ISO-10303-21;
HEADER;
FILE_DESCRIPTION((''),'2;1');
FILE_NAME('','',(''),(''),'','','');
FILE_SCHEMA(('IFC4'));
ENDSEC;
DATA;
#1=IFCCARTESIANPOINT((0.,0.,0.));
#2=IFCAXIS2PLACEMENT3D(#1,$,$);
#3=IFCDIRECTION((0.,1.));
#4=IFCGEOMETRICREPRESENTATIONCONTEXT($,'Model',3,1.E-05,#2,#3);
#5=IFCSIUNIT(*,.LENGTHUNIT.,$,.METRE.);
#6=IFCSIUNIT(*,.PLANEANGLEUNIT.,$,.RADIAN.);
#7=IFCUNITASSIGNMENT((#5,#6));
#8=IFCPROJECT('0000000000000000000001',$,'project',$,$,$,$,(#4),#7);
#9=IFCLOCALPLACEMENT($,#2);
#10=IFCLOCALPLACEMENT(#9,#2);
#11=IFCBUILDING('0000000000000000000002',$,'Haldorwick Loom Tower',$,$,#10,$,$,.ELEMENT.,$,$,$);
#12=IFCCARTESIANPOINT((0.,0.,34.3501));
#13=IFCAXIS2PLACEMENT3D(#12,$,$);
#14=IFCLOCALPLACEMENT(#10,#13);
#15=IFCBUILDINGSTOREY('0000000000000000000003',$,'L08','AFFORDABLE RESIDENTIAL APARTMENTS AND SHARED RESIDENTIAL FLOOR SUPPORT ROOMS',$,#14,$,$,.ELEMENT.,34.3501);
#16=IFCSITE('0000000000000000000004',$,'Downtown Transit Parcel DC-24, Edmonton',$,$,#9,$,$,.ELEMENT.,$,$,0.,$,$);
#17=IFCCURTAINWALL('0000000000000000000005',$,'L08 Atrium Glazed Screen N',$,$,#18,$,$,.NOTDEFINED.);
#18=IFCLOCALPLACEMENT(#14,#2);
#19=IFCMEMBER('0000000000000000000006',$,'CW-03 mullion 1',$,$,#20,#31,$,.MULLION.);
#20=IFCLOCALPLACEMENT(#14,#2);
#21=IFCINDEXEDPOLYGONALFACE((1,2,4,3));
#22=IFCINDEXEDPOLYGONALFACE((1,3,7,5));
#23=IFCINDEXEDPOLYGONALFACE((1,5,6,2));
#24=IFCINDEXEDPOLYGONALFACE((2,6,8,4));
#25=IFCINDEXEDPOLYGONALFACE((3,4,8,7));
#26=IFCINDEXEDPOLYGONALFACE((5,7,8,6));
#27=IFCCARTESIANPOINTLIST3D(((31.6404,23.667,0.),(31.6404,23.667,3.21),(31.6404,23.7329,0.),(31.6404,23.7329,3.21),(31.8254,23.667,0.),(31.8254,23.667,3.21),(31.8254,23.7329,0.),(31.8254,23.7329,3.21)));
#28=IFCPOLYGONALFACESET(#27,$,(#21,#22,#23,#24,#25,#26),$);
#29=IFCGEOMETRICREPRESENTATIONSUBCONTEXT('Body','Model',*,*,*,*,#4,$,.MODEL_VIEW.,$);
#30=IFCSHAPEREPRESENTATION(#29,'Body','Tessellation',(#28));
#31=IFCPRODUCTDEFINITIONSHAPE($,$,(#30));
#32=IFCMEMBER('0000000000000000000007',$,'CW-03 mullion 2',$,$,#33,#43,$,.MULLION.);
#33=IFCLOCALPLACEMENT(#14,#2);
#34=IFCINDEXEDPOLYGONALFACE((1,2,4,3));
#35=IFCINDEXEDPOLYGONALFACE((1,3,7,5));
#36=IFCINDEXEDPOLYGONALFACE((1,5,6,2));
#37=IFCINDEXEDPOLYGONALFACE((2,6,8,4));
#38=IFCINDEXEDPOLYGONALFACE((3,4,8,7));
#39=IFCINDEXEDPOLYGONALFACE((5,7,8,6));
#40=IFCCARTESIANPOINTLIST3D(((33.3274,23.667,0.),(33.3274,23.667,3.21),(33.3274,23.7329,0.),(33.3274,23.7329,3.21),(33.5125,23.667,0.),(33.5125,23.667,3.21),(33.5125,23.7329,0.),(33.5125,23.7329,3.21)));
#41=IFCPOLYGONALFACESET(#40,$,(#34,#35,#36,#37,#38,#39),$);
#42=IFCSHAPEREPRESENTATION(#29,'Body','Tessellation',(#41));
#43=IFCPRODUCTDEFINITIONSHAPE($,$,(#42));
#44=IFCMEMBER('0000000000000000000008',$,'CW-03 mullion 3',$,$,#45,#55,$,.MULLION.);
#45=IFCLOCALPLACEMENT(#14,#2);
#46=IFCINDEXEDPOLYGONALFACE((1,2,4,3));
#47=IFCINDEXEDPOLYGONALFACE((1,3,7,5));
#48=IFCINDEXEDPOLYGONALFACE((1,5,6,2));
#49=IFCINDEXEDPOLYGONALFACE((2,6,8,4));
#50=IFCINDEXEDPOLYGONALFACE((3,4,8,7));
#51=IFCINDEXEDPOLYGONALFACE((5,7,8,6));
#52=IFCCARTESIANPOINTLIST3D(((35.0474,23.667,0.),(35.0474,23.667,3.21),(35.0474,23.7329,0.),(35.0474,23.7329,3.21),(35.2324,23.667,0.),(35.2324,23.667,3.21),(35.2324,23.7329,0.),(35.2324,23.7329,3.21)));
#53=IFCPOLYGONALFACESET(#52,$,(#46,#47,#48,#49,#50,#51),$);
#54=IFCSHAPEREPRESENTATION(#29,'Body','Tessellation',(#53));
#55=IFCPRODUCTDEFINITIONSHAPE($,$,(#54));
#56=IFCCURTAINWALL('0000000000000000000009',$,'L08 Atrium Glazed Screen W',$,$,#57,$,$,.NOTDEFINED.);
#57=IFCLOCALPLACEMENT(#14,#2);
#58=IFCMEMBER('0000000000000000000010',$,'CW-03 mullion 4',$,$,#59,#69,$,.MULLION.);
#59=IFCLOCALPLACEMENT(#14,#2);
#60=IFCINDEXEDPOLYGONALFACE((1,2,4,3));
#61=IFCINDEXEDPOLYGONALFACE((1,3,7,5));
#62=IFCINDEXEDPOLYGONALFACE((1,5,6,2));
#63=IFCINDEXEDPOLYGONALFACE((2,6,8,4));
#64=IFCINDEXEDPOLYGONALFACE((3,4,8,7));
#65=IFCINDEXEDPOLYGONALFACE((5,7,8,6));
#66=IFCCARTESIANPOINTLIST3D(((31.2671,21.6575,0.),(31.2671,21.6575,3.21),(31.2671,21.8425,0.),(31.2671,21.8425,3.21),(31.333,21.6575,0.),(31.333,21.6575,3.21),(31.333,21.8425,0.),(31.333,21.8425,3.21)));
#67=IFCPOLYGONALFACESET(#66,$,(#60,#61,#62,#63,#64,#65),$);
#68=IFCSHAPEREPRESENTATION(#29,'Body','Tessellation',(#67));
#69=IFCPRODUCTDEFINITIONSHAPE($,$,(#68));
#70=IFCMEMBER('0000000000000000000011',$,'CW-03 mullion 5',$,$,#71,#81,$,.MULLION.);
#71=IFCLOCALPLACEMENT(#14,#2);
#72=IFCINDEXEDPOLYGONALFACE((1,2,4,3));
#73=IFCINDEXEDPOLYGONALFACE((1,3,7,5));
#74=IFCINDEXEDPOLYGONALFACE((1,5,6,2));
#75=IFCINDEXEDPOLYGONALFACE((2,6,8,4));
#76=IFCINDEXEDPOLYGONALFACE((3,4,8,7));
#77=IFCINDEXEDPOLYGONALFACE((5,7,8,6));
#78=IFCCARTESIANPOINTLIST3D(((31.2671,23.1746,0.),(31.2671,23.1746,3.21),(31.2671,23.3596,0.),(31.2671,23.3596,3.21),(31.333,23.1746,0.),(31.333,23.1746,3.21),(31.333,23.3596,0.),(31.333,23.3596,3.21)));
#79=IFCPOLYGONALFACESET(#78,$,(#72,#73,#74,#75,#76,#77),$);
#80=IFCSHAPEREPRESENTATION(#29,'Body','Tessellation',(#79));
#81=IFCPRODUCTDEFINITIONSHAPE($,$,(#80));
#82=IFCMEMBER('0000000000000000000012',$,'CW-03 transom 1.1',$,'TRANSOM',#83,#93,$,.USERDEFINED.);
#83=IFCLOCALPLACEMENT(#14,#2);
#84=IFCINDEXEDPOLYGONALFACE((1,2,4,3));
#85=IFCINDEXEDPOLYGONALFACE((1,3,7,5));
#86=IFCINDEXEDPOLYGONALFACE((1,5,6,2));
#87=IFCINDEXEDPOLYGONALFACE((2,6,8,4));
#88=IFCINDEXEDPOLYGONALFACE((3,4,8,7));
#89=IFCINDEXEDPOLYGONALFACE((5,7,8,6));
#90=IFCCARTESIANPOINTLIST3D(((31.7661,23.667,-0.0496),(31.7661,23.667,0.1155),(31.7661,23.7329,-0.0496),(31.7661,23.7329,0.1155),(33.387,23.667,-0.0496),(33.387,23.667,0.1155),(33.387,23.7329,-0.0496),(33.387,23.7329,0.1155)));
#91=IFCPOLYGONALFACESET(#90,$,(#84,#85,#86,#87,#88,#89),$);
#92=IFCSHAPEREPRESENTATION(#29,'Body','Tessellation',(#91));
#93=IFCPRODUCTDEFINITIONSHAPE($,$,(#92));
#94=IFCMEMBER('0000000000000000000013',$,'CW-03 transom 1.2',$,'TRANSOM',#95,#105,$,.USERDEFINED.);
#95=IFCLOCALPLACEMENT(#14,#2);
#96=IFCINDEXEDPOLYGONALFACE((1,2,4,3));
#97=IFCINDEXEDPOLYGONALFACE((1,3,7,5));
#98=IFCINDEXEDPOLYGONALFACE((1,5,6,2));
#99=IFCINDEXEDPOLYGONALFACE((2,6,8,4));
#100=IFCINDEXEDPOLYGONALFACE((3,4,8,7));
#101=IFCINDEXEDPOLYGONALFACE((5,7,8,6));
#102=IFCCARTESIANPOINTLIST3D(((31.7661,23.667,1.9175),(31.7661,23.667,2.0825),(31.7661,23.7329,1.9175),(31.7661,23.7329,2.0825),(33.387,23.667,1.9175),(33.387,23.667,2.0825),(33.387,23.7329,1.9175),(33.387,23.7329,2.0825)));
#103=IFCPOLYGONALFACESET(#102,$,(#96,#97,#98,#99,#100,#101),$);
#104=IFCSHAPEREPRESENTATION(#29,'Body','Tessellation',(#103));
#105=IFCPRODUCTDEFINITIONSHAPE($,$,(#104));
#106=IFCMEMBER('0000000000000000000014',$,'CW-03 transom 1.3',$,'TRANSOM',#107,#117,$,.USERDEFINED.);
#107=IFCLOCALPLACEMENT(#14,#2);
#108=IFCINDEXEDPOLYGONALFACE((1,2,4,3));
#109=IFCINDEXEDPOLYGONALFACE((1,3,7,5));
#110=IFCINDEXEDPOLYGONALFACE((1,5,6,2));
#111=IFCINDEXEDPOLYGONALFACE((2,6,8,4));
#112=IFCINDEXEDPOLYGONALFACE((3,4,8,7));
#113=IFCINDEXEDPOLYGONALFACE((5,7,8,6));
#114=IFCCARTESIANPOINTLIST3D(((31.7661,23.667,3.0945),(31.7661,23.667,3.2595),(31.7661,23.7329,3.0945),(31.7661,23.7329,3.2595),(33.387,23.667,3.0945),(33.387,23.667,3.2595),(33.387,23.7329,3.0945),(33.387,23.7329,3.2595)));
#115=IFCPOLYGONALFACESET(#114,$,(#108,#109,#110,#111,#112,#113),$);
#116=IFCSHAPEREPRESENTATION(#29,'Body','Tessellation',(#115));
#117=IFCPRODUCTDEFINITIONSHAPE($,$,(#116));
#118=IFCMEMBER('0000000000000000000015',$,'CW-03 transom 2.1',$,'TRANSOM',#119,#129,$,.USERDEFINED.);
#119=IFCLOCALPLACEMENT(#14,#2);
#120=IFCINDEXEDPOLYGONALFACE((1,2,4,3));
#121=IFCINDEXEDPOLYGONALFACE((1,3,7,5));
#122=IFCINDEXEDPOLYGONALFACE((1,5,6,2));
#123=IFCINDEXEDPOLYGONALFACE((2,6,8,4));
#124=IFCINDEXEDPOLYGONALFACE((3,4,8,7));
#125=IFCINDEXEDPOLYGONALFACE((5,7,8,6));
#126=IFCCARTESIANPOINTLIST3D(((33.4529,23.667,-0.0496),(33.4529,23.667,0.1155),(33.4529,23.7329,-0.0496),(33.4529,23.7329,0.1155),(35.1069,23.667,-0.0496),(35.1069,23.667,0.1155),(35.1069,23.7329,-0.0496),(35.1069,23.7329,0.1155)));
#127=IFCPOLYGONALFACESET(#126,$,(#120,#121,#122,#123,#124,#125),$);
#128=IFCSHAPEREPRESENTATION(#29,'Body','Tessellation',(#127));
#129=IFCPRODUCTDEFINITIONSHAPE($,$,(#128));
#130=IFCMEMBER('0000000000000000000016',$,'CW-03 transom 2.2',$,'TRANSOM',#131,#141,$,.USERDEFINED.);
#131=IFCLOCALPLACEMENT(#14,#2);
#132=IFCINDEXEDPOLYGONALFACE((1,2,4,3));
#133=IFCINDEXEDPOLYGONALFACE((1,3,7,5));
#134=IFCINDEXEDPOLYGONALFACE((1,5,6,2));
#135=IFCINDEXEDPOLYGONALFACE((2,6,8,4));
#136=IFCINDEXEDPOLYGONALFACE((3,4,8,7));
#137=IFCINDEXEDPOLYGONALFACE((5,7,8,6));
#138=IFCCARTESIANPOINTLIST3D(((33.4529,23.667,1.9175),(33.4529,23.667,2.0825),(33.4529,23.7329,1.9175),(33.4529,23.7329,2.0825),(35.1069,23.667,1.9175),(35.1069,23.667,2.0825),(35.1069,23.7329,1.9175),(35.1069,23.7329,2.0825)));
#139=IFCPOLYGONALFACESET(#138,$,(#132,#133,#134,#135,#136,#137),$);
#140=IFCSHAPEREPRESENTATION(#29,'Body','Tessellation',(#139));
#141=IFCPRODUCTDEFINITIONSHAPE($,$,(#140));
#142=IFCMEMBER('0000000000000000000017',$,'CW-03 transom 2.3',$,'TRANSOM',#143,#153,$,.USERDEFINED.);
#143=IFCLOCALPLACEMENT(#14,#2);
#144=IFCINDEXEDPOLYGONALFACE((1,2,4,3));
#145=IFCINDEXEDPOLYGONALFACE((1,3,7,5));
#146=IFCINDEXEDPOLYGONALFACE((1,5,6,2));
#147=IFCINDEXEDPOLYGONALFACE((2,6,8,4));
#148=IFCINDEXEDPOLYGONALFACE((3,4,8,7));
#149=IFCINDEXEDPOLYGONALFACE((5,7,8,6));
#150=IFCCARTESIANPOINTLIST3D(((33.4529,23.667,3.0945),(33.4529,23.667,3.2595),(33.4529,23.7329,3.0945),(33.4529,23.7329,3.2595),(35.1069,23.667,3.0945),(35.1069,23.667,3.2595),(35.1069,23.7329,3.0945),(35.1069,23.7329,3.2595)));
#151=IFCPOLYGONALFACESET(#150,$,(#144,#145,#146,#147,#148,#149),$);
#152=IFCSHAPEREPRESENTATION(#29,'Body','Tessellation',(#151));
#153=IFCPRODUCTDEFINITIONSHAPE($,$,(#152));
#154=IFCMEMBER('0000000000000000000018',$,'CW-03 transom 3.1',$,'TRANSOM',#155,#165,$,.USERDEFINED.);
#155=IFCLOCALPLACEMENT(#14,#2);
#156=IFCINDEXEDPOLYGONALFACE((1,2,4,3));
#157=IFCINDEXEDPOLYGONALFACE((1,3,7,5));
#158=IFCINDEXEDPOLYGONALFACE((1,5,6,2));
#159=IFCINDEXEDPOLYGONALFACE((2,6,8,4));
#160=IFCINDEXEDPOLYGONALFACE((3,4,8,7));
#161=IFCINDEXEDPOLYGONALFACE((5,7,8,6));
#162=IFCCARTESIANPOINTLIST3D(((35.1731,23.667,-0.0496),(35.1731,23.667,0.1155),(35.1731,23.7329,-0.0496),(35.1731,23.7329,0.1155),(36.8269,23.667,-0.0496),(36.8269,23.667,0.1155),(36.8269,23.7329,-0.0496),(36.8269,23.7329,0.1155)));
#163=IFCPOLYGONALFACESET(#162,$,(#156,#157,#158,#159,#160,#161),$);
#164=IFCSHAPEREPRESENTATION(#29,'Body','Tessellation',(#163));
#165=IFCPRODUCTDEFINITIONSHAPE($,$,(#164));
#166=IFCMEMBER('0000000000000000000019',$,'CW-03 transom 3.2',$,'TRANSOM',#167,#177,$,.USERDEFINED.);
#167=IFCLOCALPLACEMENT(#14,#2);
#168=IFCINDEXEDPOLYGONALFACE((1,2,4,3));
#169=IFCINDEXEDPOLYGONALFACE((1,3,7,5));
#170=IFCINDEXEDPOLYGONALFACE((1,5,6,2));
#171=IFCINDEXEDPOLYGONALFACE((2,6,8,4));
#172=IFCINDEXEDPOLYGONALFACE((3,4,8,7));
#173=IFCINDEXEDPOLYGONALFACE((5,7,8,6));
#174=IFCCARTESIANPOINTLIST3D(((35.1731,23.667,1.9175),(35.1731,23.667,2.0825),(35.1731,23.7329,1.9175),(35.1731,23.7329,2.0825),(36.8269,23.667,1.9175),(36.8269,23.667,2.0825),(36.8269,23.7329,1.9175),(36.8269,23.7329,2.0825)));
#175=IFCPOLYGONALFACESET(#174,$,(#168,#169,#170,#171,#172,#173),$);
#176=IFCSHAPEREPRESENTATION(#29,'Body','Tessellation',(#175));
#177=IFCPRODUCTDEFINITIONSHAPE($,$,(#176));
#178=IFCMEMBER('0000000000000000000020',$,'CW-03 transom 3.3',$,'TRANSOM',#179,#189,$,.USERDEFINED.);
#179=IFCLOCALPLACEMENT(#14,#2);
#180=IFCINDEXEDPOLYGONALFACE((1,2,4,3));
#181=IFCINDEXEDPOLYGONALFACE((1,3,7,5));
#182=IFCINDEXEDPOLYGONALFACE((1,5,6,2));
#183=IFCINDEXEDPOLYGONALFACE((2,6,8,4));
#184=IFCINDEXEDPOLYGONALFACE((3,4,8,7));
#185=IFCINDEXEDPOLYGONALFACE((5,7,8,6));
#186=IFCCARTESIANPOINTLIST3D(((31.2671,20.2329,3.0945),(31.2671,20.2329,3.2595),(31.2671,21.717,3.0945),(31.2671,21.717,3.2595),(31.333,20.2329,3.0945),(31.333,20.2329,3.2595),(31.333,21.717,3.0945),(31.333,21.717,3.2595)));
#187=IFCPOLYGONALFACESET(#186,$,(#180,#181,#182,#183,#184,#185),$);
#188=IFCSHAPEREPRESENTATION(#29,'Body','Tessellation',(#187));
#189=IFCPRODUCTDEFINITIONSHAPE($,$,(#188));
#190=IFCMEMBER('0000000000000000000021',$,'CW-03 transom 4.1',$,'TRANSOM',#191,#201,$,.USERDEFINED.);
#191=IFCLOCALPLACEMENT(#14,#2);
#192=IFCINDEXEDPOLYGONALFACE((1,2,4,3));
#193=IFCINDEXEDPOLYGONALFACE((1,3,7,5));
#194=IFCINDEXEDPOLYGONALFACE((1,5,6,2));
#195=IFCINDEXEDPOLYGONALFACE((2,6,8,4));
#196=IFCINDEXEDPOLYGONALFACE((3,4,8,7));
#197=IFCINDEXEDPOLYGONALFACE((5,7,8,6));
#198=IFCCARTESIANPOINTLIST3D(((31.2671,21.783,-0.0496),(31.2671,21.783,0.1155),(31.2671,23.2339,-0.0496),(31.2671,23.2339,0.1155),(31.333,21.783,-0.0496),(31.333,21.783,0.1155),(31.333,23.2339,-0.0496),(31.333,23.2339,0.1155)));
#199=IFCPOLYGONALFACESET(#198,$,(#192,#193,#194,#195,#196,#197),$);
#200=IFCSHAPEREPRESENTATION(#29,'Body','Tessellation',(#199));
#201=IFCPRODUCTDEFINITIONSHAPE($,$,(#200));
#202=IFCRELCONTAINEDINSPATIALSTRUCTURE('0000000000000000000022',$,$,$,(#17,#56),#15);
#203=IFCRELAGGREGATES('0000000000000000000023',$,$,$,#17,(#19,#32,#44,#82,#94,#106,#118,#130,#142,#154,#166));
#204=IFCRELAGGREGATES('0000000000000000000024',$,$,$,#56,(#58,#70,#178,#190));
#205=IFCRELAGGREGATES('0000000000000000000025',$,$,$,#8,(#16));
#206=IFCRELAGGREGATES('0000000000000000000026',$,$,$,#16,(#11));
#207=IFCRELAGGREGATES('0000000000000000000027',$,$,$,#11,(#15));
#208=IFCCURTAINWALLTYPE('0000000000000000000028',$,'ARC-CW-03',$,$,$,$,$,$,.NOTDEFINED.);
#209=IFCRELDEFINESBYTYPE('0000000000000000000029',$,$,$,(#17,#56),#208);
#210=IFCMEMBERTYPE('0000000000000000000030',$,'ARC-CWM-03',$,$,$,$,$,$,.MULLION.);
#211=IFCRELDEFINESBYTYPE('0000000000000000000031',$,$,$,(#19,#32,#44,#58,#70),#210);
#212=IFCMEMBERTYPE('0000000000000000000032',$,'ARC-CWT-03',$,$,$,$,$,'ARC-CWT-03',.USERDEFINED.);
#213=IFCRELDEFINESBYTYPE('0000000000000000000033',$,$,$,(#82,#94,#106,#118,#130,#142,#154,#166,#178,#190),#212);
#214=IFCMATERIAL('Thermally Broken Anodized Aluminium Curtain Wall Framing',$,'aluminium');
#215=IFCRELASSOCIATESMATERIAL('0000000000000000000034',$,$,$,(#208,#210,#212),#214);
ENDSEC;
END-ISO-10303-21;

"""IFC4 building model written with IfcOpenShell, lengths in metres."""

from ifc_helpers import new_model, si_unit, direction, frame, origin, origin_2d, place, context, subcontext, project, spatial, rectangle, extrude, material, material_profile, profile_set, type_object, element, aggregate, save


model = new_model("IFC4")

# Units and contexts
model_context = context("Model", 3, precision=1e-05, world=origin(), true_north=direction((0.0, 1.0)))
body_context = subcontext(model_context, "Body", "Model", "MODEL_VIEW")
ifc_project = project(units=[si_unit("LENGTHUNIT", "METRE"), si_unit("PLANEANGLEUNIT", "RADIAN")], contexts=[model_context])

# Site, building, storey
site_placement = place(None, origin())
site = spatial("IfcSite", under=ifc_project, at=site_placement, Name="Downtown Transit Parcel DC-24, Edmonton", CompositionType="ELEMENT", RefElevation=0.0)
building_placement = place(site_placement, origin())
building = spatial("IfcBuilding", under=site, at=building_placement, Name="Haldorwick Loom Tower", CompositionType="ELEMENT")
storey_placement = place(building_placement, frame((0.0, 0.0, 34.3501)))
storey = spatial("IfcBuildingStorey", under=building, at=storey_placement, Name="L08", Description="AFFORDABLE RESIDENTIAL APARTMENTS AND SHARED RESIDENTIAL FLOOR SUPPORT ROOMS", CompositionType="ELEMENT", Elevation=34.3501)

# Curtain walls, members
ifc_material_1 = material(Name="Thermally Broken Anodized Aluminium Curtain Wall Framing", Category="aluminium")
curtain_wall_type = type_object("IfcCurtainWallType", Name="ARC-CW-03", PredefinedType="NOTDEFINED", material=ifc_material_1)
curtain_wall_1_placement = place(storey_placement, origin())
curtain_wall_1 = element("IfcCurtainWall", 1, at=curtain_wall_1_placement, inside=storey, type_object=curtain_wall_type, Name="L08 Atrium Glazed Screen N", PredefinedType="NOTDEFINED")
ifc_material_profile_1 = material_profile(ifc_material_1, rectangle(XDim=0.0659, YDim=0.1851, at=origin_2d()), Name="ALU_MUL_66X185", Category="aluminium")
ifc_profile_set_1 = profile_set([ifc_material_profile_1], Name="Thermally Broken Anodized Aluminium Curtain Wall Framing")
member_type_1 = type_object("IfcMemberType", Name="ARC-CWM-03", PredefinedType="MULLION", material=ifc_profile_set_1)
member_1_placement = place(storey_placement, frame((31.7329, 23.7, 0.0), z_axis=(0.0, 0.0, 1.0), x_axis=(0.0, 1.0, 0.0)))
member_1 = element("IfcMember", 2, at=member_1_placement, type_object=member_type_1, Name="CW-03 mullion 1", PredefinedType="MULLION", context=body_context, shape_type="SweptSolid", body=[
    extrude(rectangle(XDim=0.0659, YDim=0.1851, at=origin_2d()), origin(), (0.0, 0.0, 1.0), 3.21),
])
member_2_placement = place(storey_placement, frame((33.4199, 23.7, 0.0), z_axis=(0.0, 0.0, 1.0), x_axis=(0.0, 1.0, 0.0)))
member_2 = element("IfcMember", 3, at=member_2_placement, type_object=member_type_1, Name="CW-03 mullion 2", PredefinedType="MULLION", context=body_context, shape_type="SweptSolid", body=[
    extrude(rectangle(XDim=0.0659, YDim=0.1851, at=origin_2d()), origin(), (0.0, 0.0, 1.0), 3.21),
])
member_3_placement = place(storey_placement, frame((35.1399, 23.7, 0.0), z_axis=(0.0, 0.0, 1.0), x_axis=(0.0, 1.0, 0.0)))
member_3 = element("IfcMember", 4, at=member_3_placement, type_object=member_type_1, Name="CW-03 mullion 3", PredefinedType="MULLION", context=body_context, shape_type="SweptSolid", body=[
    extrude(rectangle(XDim=0.0659, YDim=0.1851, at=origin_2d()), origin(), (0.0, 0.0, 1.0), 3.21),
])
curtain_wall_2_placement = place(storey_placement, origin())
curtain_wall_2 = element("IfcCurtainWall", 5, at=curtain_wall_2_placement, inside=storey, type_object=curtain_wall_type, Name="L08 Atrium Glazed Screen W", PredefinedType="NOTDEFINED")
member_4_placement = place(storey_placement, frame((31.3, 21.75, 0.0), z_axis=(0.0, 0.0, 1.0), x_axis=(-1.0, 0.0, 0.0)))
member_4 = element("IfcMember", 6, at=member_4_placement, type_object=member_type_1, Name="CW-03 mullion 4", PredefinedType="MULLION", context=body_context, shape_type="SweptSolid", body=[
    extrude(rectangle(XDim=0.0659, YDim=0.1851, at=origin_2d()), origin(), (0.0, 0.0, 1.0), 3.21),
])
member_5_placement = place(storey_placement, frame((31.3, 23.2671, 0.0), z_axis=(0.0, 0.0, 1.0), x_axis=(-1.0, 0.0, 0.0)))
member_5 = element("IfcMember", 7, at=member_5_placement, type_object=member_type_1, Name="CW-03 mullion 5", PredefinedType="MULLION", context=body_context, shape_type="SweptSolid", body=[
    extrude(rectangle(XDim=0.0659, YDim=0.1851, at=origin_2d()), origin(), (0.0, 0.0, 1.0), 3.21),
])

# Members
ifc_material_profile_2 = material_profile(ifc_material_1, rectangle(XDim=0.0659, YDim=0.165, at=origin_2d()), Name="ALU_TRN_66X165", Category="aluminium")
ifc_profile_set_2 = profile_set([ifc_material_profile_2], Name="Thermally Broken Anodized Aluminium Curtain Wall Framing")
member_type_2 = type_object("IfcMemberType", Name="ARC-CWT-03", ElementType="ARC-CWT-03", PredefinedType="USERDEFINED", material=ifc_profile_set_2)
member_6_placement = place(storey_placement, frame((31.7661, 23.7, 0.033), z_axis=(1.0, 0.0, 0.0), x_axis=(0.0, 1.0, 0.0)))
member_6 = element("IfcMember", 8, at=member_6_placement, type_object=member_type_2, Name="CW-03 transom 1.1", ObjectType="TRANSOM", PredefinedType="USERDEFINED", context=body_context, shape_type="SweptSolid", body=[
    extrude(rectangle(XDim=0.0659, YDim=0.165, at=origin_2d()), origin(), (0.0, 0.0, 1.0), 1.6208),
])
member_7_placement = place(storey_placement, frame((31.7661, 23.7, 2.0), z_axis=(1.0, 0.0, 0.0), x_axis=(0.0, 1.0, 0.0)))
member_7 = element("IfcMember", 9, at=member_7_placement, type_object=member_type_2, Name="CW-03 transom 1.2", ObjectType="TRANSOM", PredefinedType="USERDEFINED", context=body_context, shape_type="SweptSolid", body=[
    extrude(rectangle(XDim=0.0659, YDim=0.165, at=origin_2d()), origin(), (0.0, 0.0, 1.0), 1.6208),
])
member_8_placement = place(storey_placement, frame((31.7661, 23.7, 3.177), z_axis=(1.0, 0.0, 0.0), x_axis=(0.0, 1.0, 0.0)))
member_8 = element("IfcMember", 10, at=member_8_placement, type_object=member_type_2, Name="CW-03 transom 1.3", ObjectType="TRANSOM", PredefinedType="USERDEFINED", context=body_context, shape_type="SweptSolid", body=[
    extrude(rectangle(XDim=0.0659, YDim=0.165, at=origin_2d()), origin(), (0.0, 0.0, 1.0), 1.6208),
])
member_9_placement = place(storey_placement, frame((33.4529, 23.7, 0.033), z_axis=(1.0, 0.0, 0.0), x_axis=(0.0, 1.0, 0.0)))
member_9 = element("IfcMember", 11, at=member_9_placement, type_object=member_type_2, Name="CW-03 transom 2.1", ObjectType="TRANSOM", PredefinedType="USERDEFINED", context=body_context, shape_type="SweptSolid", body=[
    extrude(rectangle(XDim=0.0659, YDim=0.165, at=origin_2d()), origin(), (0.0, 0.0, 1.0), 1.6541),
])
member_10_placement = place(storey_placement, frame((33.4529, 23.7, 2.0), z_axis=(1.0, 0.0, 0.0), x_axis=(0.0, 1.0, 0.0)))
member_10 = element("IfcMember", 12, at=member_10_placement, type_object=member_type_2, Name="CW-03 transom 2.2", ObjectType="TRANSOM", PredefinedType="USERDEFINED", context=body_context, shape_type="SweptSolid", body=[
    extrude(rectangle(XDim=0.0659, YDim=0.165, at=origin_2d()), origin(), (0.0, 0.0, 1.0), 1.6541),
])
member_11_placement = place(storey_placement, frame((33.4529, 23.7, 3.177), z_axis=(1.0, 0.0, 0.0), x_axis=(0.0, 1.0, 0.0)))
member_11 = element("IfcMember", 13, at=member_11_placement, type_object=member_type_2, Name="CW-03 transom 2.3", ObjectType="TRANSOM", PredefinedType="USERDEFINED", context=body_context, shape_type="SweptSolid", body=[
    extrude(rectangle(XDim=0.0659, YDim=0.165, at=origin_2d()), origin(), (0.0, 0.0, 1.0), 1.6541),
])
member_12_placement = place(storey_placement, frame((35.1731, 23.7, 0.033), z_axis=(1.0, 0.0, 0.0), x_axis=(0.0, 1.0, 0.0)))
member_12 = element("IfcMember", 14, at=member_12_placement, type_object=member_type_2, Name="CW-03 transom 3.1", ObjectType="TRANSOM", PredefinedType="USERDEFINED", context=body_context, shape_type="SweptSolid", body=[
    extrude(rectangle(XDim=0.0659, YDim=0.165, at=origin_2d()), origin(), (0.0, 0.0, 1.0), 1.6538),
])
member_13_placement = place(storey_placement, frame((35.1731, 23.7, 2.0), z_axis=(1.0, 0.0, 0.0), x_axis=(0.0, 1.0, 0.0)))
member_13 = element("IfcMember", 15, at=member_13_placement, type_object=member_type_2, Name="CW-03 transom 3.2", ObjectType="TRANSOM", PredefinedType="USERDEFINED", context=body_context, shape_type="SweptSolid", body=[
    extrude(rectangle(XDim=0.0659, YDim=0.165, at=origin_2d()), origin(), (0.0, 0.0, 1.0), 1.6538),
])
member_14_placement = place(storey_placement, frame((31.3, 20.2329, 3.177), z_axis=(0.0, 1.0, 0.0), x_axis=(-1.0, 0.0, 0.0)))
member_14 = element("IfcMember", 16, at=member_14_placement, type_object=member_type_2, Name="CW-03 transom 3.3", ObjectType="TRANSOM", PredefinedType="USERDEFINED", context=body_context, shape_type="SweptSolid", body=[
    extrude(rectangle(XDim=0.0659, YDim=0.165, at=origin_2d()), origin(), (0.0, 0.0, 1.0), 1.4841),
])
member_15_placement = place(storey_placement, frame((31.3, 21.783, 0.033), z_axis=(0.0, 1.0, 0.0), x_axis=(-1.0, 0.0, 0.0)))
member_15 = element("IfcMember", 17, at=member_15_placement, type_object=member_type_2, Name="CW-03 transom 4.1", ObjectType="TRANSOM", PredefinedType="USERDEFINED", context=body_context, shape_type="SweptSolid", body=[
    extrude(rectangle(XDim=0.0659, YDim=0.165, at=origin_2d()), origin(), (0.0, 0.0, 1.0), 1.4509),
])

aggregate(curtain_wall_1, [member_1, member_2, member_3, member_6, member_7, member_8, member_9, member_10, member_11, member_12, member_13])
aggregate(curtain_wall_2, [member_4, member_5, member_14, member_15])

save(model, "model.ifc")
